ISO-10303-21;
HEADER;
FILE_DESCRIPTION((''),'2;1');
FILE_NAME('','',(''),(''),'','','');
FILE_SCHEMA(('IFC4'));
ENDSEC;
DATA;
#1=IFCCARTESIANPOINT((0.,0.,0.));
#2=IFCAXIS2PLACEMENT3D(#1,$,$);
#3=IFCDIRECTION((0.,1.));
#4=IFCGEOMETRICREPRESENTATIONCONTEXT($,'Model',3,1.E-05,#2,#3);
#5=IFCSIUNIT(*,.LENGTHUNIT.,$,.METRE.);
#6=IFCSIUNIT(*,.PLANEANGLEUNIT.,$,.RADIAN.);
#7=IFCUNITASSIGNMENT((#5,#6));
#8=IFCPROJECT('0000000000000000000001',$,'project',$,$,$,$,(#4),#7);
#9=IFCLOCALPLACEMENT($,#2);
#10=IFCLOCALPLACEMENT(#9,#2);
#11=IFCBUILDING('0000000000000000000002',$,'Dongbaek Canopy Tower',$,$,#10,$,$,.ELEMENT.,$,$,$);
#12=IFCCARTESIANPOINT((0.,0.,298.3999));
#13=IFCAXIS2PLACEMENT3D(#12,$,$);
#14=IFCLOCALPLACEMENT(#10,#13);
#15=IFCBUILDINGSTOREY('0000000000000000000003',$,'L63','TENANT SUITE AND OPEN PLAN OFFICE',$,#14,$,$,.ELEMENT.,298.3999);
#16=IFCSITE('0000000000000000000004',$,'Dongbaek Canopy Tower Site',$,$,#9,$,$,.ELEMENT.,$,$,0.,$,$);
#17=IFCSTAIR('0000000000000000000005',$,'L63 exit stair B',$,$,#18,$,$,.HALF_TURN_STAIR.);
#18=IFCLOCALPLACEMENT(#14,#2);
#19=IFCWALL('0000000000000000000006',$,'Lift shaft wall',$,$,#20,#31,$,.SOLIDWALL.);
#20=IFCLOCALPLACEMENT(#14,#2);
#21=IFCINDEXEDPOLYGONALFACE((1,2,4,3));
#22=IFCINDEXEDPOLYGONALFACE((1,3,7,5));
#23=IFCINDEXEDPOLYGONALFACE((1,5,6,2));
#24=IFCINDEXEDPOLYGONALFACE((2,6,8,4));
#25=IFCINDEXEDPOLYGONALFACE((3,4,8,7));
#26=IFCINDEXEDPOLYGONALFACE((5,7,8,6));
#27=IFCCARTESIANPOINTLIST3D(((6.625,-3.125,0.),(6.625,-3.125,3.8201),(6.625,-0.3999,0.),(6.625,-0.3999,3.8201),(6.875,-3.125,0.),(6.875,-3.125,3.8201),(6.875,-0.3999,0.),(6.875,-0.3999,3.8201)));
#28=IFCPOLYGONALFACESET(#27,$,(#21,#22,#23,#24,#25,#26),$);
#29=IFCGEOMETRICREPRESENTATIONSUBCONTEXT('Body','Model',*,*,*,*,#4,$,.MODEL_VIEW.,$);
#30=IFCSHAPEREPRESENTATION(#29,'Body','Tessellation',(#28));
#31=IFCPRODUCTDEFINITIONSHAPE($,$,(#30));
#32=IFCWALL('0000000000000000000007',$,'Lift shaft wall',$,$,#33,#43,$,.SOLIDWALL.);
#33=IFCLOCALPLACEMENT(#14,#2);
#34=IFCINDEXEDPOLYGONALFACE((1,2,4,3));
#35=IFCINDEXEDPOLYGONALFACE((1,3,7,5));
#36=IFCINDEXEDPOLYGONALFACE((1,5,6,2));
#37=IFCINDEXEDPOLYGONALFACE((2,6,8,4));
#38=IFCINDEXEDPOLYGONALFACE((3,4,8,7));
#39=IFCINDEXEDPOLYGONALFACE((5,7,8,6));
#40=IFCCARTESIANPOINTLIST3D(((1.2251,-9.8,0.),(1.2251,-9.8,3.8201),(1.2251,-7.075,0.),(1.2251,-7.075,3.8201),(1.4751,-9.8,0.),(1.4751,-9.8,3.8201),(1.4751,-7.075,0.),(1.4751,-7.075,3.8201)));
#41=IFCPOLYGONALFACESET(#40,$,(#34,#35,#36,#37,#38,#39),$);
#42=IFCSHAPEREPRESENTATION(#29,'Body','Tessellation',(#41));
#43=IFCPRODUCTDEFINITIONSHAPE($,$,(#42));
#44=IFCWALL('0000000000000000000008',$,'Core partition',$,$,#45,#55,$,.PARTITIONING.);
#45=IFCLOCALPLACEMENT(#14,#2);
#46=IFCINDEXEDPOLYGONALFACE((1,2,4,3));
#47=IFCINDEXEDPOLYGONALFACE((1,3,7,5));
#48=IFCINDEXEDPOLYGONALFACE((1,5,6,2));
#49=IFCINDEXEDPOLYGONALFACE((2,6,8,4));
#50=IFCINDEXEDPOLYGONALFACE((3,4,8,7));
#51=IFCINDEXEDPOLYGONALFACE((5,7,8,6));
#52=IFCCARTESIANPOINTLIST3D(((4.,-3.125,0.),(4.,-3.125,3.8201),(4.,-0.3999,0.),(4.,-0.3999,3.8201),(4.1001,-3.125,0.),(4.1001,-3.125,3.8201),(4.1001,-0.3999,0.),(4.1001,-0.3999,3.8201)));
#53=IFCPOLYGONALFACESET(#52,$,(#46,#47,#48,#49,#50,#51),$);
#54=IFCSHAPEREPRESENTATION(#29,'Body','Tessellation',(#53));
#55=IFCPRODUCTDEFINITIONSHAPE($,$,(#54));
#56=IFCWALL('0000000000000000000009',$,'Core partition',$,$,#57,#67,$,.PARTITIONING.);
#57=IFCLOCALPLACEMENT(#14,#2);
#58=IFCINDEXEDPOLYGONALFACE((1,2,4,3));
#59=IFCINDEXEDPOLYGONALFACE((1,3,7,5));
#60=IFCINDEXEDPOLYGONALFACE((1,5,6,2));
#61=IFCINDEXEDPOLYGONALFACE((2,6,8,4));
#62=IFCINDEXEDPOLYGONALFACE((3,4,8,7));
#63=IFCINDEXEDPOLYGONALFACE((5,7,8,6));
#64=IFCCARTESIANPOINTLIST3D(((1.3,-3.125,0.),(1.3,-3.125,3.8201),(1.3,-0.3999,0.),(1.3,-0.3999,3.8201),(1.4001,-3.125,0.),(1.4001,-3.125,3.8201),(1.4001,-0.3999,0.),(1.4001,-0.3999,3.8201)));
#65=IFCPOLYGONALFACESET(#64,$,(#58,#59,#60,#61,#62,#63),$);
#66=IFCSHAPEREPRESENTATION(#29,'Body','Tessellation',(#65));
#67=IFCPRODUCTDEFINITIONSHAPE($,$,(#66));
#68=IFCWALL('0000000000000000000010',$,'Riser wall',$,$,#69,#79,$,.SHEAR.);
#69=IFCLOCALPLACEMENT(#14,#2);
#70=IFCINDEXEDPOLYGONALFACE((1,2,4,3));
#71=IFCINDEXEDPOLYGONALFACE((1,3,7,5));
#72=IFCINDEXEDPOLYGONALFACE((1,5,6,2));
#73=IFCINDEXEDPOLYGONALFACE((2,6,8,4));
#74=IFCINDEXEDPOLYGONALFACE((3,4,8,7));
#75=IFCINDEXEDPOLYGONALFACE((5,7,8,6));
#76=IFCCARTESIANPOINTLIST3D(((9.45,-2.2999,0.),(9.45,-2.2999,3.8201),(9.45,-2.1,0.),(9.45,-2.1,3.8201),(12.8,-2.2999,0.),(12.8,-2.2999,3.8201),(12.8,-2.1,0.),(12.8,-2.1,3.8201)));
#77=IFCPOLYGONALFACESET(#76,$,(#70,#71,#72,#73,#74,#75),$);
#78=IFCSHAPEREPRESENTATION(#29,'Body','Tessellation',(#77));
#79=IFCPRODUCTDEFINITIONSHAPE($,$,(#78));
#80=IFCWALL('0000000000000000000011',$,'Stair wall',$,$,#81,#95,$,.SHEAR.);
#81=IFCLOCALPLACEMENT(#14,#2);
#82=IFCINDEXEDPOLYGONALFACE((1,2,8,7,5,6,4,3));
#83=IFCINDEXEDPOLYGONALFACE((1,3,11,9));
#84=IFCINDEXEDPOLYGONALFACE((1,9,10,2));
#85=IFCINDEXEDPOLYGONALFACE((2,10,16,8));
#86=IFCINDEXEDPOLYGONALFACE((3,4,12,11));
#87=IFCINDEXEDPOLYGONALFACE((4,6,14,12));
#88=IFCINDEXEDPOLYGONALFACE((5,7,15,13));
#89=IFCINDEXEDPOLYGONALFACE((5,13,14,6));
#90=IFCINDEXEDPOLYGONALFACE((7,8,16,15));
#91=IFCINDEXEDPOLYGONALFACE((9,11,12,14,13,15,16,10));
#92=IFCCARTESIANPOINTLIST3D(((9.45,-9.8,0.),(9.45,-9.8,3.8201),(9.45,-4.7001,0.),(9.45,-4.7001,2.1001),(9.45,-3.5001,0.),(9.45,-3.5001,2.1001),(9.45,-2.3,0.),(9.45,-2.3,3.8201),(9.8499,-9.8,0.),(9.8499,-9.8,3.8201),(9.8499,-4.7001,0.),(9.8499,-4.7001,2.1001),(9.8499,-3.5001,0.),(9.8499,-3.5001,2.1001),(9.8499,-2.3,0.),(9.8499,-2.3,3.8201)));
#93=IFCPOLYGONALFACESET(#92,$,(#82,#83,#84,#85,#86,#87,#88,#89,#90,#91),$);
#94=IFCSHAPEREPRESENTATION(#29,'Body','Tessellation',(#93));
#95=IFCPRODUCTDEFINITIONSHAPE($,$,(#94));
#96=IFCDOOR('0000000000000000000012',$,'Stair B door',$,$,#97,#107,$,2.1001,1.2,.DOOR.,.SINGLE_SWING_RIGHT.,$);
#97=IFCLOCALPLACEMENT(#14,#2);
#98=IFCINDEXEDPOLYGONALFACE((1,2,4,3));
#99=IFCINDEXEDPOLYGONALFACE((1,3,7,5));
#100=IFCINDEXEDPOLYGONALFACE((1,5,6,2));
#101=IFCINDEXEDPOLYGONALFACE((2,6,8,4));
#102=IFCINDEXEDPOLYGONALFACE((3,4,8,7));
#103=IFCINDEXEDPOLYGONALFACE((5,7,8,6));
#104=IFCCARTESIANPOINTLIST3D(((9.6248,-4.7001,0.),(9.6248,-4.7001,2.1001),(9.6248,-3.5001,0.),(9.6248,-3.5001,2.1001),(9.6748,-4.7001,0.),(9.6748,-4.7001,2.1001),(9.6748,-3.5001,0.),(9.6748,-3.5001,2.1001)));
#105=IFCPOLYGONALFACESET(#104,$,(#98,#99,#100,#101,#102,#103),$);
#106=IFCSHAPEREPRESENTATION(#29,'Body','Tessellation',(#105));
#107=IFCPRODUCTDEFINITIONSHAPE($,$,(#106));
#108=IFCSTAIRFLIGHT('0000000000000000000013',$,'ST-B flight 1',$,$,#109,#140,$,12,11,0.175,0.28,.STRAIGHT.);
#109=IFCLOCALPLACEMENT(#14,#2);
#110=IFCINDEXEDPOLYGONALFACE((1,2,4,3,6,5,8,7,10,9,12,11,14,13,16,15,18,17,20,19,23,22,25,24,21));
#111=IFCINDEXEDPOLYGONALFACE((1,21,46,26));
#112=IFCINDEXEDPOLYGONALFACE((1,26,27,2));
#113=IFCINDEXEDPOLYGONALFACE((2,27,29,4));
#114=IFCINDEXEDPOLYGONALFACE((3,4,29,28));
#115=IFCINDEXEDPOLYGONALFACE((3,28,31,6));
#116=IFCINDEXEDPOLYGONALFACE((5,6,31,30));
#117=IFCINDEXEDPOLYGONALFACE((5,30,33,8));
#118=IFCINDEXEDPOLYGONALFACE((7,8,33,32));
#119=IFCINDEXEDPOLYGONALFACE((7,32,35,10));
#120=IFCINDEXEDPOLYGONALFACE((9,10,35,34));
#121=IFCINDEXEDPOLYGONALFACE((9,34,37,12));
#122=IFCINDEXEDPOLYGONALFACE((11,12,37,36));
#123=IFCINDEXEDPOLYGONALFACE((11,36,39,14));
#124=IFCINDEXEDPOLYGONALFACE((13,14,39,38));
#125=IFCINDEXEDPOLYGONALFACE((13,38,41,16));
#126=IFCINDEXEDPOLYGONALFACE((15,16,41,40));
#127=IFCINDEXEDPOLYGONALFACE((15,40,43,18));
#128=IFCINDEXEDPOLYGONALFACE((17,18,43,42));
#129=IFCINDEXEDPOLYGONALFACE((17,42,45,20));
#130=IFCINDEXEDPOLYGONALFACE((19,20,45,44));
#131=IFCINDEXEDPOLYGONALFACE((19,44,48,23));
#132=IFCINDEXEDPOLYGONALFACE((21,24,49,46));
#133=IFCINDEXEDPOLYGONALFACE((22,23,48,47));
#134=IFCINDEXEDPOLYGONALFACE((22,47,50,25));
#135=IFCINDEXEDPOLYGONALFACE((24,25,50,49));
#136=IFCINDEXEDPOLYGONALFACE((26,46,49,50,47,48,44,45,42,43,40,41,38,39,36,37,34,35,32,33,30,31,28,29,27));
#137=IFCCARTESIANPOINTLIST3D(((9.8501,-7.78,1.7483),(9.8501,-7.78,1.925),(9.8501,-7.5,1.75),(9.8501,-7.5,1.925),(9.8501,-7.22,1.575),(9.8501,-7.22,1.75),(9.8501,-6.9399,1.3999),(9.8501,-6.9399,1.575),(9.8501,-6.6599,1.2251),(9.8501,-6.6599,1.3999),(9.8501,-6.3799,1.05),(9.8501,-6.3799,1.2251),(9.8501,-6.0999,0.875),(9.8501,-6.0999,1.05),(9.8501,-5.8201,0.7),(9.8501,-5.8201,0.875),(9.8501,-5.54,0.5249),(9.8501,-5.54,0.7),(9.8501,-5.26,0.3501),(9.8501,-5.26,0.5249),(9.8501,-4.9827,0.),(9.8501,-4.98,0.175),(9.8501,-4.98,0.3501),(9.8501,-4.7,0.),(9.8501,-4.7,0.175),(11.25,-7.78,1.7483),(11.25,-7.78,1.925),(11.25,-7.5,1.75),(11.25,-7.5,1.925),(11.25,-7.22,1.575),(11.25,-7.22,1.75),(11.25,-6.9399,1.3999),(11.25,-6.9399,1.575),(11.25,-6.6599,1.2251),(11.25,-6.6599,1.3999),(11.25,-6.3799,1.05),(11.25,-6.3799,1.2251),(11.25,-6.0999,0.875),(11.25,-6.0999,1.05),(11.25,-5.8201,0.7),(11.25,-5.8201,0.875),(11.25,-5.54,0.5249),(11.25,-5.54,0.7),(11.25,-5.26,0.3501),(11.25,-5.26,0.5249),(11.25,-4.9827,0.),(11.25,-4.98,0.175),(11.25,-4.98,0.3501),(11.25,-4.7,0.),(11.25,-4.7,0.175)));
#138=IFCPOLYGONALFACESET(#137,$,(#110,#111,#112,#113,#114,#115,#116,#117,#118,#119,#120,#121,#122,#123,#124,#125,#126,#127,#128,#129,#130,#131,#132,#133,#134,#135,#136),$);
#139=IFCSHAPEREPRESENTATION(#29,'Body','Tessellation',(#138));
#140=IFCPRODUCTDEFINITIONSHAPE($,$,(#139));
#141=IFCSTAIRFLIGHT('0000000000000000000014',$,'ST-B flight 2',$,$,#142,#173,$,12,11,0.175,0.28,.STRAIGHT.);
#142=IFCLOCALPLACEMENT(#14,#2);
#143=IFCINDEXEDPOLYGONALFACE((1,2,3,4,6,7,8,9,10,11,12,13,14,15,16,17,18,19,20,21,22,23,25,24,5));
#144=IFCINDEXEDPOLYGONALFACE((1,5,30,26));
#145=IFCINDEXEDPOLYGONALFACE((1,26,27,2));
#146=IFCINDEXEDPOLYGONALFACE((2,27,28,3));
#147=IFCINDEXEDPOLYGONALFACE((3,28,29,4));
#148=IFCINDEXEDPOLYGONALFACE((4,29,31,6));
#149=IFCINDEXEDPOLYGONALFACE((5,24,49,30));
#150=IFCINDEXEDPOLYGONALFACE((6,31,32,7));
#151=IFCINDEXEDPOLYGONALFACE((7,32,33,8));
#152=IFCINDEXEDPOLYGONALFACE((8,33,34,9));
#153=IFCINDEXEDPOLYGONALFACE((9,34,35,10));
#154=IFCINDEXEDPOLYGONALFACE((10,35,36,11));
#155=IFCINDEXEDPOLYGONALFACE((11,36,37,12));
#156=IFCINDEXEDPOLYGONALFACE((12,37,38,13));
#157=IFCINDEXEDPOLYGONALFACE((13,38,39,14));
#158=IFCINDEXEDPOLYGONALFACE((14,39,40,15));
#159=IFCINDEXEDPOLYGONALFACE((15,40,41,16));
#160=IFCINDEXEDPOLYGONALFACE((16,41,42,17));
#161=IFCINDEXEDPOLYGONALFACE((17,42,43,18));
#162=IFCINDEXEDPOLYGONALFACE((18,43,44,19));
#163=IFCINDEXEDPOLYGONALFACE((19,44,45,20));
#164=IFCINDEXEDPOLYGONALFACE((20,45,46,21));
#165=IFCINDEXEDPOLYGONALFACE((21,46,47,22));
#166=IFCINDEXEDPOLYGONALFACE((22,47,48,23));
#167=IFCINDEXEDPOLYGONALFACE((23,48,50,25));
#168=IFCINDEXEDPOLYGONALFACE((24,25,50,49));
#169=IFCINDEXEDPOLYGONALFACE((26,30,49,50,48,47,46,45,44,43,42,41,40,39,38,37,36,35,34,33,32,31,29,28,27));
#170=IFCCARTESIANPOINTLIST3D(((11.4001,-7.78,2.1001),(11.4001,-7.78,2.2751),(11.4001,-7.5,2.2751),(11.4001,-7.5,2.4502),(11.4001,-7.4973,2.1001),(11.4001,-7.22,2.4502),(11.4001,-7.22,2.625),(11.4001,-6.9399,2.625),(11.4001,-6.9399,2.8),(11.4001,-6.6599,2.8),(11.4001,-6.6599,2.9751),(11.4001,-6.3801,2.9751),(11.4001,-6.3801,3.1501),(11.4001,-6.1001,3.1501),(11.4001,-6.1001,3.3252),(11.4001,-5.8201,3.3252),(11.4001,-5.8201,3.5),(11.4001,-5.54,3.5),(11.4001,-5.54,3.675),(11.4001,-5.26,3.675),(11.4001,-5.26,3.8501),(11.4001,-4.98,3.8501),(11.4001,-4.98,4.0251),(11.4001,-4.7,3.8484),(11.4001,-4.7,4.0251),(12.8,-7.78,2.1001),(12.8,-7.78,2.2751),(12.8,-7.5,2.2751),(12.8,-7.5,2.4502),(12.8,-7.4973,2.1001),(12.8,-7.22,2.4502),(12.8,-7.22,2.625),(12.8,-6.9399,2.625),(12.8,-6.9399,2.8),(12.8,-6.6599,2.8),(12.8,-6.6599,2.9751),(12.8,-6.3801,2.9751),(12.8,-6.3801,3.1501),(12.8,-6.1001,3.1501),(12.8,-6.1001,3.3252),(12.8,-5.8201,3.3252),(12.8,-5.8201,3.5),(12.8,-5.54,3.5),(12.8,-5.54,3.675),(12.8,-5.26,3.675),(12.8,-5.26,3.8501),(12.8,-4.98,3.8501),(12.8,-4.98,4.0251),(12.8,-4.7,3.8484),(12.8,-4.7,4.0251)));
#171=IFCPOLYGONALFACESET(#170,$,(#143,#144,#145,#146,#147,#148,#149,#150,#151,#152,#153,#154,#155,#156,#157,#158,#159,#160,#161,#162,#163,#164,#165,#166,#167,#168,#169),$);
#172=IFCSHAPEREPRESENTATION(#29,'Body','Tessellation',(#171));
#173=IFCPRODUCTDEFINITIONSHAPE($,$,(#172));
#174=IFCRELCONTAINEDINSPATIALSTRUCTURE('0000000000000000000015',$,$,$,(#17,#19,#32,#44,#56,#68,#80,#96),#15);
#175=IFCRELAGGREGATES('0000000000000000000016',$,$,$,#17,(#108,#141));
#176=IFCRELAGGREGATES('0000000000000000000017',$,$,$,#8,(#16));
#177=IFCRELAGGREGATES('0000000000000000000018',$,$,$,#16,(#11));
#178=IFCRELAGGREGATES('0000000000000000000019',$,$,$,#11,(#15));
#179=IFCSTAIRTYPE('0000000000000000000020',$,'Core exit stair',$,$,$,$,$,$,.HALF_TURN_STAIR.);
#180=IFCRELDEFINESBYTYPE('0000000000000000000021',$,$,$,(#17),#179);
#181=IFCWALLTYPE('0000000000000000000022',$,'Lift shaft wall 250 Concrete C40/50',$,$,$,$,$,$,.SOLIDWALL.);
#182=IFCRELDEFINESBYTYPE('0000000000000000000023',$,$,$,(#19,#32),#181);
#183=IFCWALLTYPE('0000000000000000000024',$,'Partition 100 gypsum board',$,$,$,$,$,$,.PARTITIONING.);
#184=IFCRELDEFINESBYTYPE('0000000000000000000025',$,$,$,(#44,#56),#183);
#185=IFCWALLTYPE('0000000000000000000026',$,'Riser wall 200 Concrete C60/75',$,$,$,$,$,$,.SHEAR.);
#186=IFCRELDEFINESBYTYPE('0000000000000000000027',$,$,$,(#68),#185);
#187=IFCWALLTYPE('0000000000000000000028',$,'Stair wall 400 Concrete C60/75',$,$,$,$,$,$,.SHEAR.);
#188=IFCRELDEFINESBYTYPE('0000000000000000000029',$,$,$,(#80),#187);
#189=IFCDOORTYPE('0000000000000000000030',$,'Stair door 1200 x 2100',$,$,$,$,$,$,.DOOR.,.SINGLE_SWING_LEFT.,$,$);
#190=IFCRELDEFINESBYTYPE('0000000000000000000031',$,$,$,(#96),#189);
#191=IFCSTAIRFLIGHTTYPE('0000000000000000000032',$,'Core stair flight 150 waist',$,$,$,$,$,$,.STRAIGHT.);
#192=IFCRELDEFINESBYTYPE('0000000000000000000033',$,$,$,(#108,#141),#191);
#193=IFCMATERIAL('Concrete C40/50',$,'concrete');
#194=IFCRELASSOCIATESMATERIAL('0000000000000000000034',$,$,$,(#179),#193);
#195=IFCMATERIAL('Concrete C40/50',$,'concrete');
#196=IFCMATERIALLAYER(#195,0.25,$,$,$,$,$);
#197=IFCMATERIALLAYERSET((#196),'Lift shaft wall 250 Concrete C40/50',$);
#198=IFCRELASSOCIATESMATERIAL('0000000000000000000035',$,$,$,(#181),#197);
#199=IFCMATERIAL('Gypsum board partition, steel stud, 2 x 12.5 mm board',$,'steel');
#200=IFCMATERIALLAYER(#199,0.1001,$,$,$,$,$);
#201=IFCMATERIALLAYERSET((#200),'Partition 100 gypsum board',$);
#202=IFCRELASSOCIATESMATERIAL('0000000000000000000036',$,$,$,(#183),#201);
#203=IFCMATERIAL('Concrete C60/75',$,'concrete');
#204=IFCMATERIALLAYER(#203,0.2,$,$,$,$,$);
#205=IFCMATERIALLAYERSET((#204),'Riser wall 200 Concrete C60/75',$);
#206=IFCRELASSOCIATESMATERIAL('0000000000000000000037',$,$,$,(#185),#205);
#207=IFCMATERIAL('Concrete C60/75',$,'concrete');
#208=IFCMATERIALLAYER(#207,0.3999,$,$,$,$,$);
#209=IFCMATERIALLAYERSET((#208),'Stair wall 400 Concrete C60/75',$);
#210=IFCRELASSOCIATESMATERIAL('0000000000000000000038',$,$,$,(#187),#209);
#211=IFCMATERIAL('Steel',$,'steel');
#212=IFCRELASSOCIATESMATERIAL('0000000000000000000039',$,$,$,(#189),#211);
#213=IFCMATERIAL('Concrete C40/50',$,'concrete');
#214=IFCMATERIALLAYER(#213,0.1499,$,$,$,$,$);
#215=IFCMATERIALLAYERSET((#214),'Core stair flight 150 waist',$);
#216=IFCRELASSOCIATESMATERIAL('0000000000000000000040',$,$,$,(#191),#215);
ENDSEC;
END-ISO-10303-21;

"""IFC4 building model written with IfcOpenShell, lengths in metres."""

from ifc_helpers import new_model, si_unit, direction, frame, frame_2d, origin, place, context, subcontext, project, spatial, polyline, rectangle, outline, extrude, material, layer, layer_set, type_object, element, fill, aggregate, save


model = new_model("IFC4")

# Units and contexts
model_context = context("Model", 3, precision=1e-05, world=origin(), true_north=direction((0.0, 1.0)))
body_context = subcontext(model_context, "Body", "Model", "MODEL_VIEW")
ifc_project = project(units=[si_unit("LENGTHUNIT", "METRE"), si_unit("PLANEANGLEUNIT", "RADIAN")], contexts=[model_context])

# Site, building, storey
site_placement = place(None, origin())
site = spatial("IfcSite", under=ifc_project, at=site_placement, Name="Dongbaek Canopy Tower Site", CompositionType="ELEMENT", RefElevation=0.0)
building_placement = place(site_placement, origin())
building = spatial("IfcBuilding", under=site, at=building_placement, Name="Dongbaek Canopy Tower", CompositionType="ELEMENT")
storey_placement = place(building_placement, frame((0.0, 0.0, 298.3999)))
storey = spatial("IfcBuildingStorey", under=building, at=storey_placement, Name="L63", Description="TENANT SUITE AND OPEN PLAN OFFICE", CompositionType="ELEMENT", Elevation=298.3999)

# Stair
ifc_material_1 = material(Name="Concrete C40/50", Category="concrete")
stair_type = type_object("IfcStairType", Name="Core exit stair", PredefinedType="HALF_TURN_STAIR", material=ifc_material_1)
stair_1_placement = place(storey_placement, origin())
stair_1 = element("IfcStair", 1, at=stair_1_placement, inside=storey, type_object=stair_type, Name="L63 exit stair B", PredefinedType="HALF_TURN_STAIR")

# Walls
ifc_material_2 = material(Name="Concrete C40/50", Category="concrete")
ifc_layer_1 = layer(ifc_material_2, 0.25)
ifc_layer_set_1 = layer_set([ifc_layer_1], Name="Lift shaft wall 250 Concrete C40/50")
wall_type_1 = type_object("IfcWallType", Name="Lift shaft wall 250 Concrete C40/50", PredefinedType="SOLIDWALL", material=ifc_layer_set_1)
for number, where, z_axis, x_axis, name in (
    (2, (6.75, -3.125, 0.0), (0.0, 0.0, 1.0), (0.0, 1.0, 0.0), "Lift shaft wall"),
    (3, (1.3501, -9.8, 0.0), (0.0, 0.0, 1.0), (0.0, 1.0, 0.0), "Lift shaft wall"),
):
    element("IfcWall", number, at=place(storey_placement, frame(where, z_axis=z_axis, x_axis=x_axis)), inside=storey, type_object=wall_type_1, Name=name, PredefinedType="SOLIDWALL", context=body_context, shape_type="SweptSolid", body=[
        extrude(rectangle(XDim=2.7251, YDim=0.25, at=frame_2d((1.3625, 0.0))), origin(), (0.0, 0.0, 1.0), 3.8201),
    ])
ifc_material_3 = material(Name="Gypsum board partition, steel stud, 2 x 12.5 mm board", Category="steel")
ifc_layer_2 = layer(ifc_material_3, 0.1001)
ifc_layer_set_2 = layer_set([ifc_layer_2], Name="Partition 100 gypsum board")
wall_type_2 = type_object("IfcWallType", Name="Partition 100 gypsum board", PredefinedType="PARTITIONING", material=ifc_layer_set_2)
for number, where, z_axis, x_axis, name in (
    (4, (4.05, -3.125, 0.0), (0.0, 0.0, 1.0), (0.0, 1.0, 0.0), "Core partition"),
    (5, (1.3501, -3.125, 0.0), (0.0, 0.0, 1.0), (0.0, 1.0, 0.0), "Core partition"),
):
    element("IfcWall", number, at=place(storey_placement, frame(where, z_axis=z_axis, x_axis=x_axis)), inside=storey, type_object=wall_type_2, Name=name, PredefinedType="PARTITIONING", context=body_context, shape_type="SweptSolid", body=[
        extrude(rectangle(XDim=2.7251, YDim=0.1001, at=frame_2d((1.3625, 0.0))), origin(), (0.0, 0.0, 1.0), 3.8201),
    ])
ifc_material_4 = material(Name="Concrete C60/75", Category="concrete")
ifc_layer_3 = layer(ifc_material_4, 0.2)
ifc_layer_set_3 = layer_set([ifc_layer_3], Name="Riser wall 200 Concrete C60/75")
wall_type_3 = type_object("IfcWallType", Name="Riser wall 200 Concrete C60/75", PredefinedType="SHEAR", material=ifc_layer_set_3)
wall_1_placement = place(storey_placement, frame((9.45, -2.2, 0.0), z_axis=(0.0, 0.0, 1.0), x_axis=(1.0, 0.0, 0.0)))
element("IfcWall", 6, at=wall_1_placement, inside=storey, type_object=wall_type_3, Name="Riser wall", PredefinedType="SHEAR", context=body_context, shape_type="SweptSolid", body=[
    extrude(rectangle(XDim=3.3501, YDim=0.2, at=frame_2d((1.675, 0.0))), origin(), (0.0, 0.0, 1.0), 3.8201),
])

# Wall, opening, door
ifc_material_5 = material(Name="Concrete C60/75", Category="concrete")
ifc_layer_4 = layer(ifc_material_5, 0.3999)
ifc_layer_set_4 = layer_set([ifc_layer_4], Name="Stair wall 400 Concrete C60/75")
wall_type_4 = type_object("IfcWallType", Name="Stair wall 400 Concrete C60/75", PredefinedType="SHEAR", material=ifc_layer_set_4)
wall_2_placement = place(storey_placement, frame((9.6499, -2.3, 0.0), z_axis=(0.0, 0.0, 1.0), x_axis=(0.0, -1.0, 0.0)))
wall_2 = element("IfcWall", 7, at=wall_2_placement, inside=storey, type_object=wall_type_4, Name="Stair wall", PredefinedType="SHEAR", context=body_context, shape_type="SweptSolid", body=[
    extrude(rectangle(XDim=7.5, YDim=0.3999, at=frame_2d((3.75, 0.0))), origin(), (0.0, 0.0, 1.0), 3.8201),
])
opening_1_placement = place(wall_2_placement, frame((1.2, 0.0, 0.0)))
opening_1 = element("IfcOpeningElement", 8, at=opening_1_placement, cuts=wall_2, PredefinedType="OPENING", context=body_context, shape_type="SweptSolid", body=[
    extrude(rectangle(XDim=1.2, YDim=2.1001, at=frame_2d((0.6001, 1.05))), frame((0.0, 0.21, 0.0), z_axis=(0.0, -1.0, 0.0), x_axis=(1.0, 0.0, 0.0)), (0.0, 0.0, 1.0), 0.4199),
])
ifc_material_6 = material(Name="Steel", Category="steel")
door_type_1 = type_object("IfcDoorType", Name="Stair door 1200 x 2100", OperationType="SINGLE_SWING_LEFT", PredefinedType="DOOR", material=ifc_material_6)
door_1_placement = place(opening_1_placement, origin())
door_1 = element("IfcDoor", 9, at=door_1_placement, inside=storey, type_object=door_type_1, Name="Stair B door", OperationType="SINGLE_SWING_RIGHT", OverallHeight=2.1001, OverallWidth=1.2, PredefinedType="DOOR", context=body_context, shape_type="SweptSolid", body=[
    extrude(rectangle(XDim=1.2, YDim=2.1001, at=frame_2d((0.6001, 1.05))), frame((0.0, 0.0249, 0.0), z_axis=(0.0, -1.0, 0.0), x_axis=(1.0, 0.0, 0.0)), (0.0, 0.0, 1.0), 0.05),
])
fill(opening_1, door_1)

# Stair flights
ifc_material_7 = material(Name="Concrete C40/50", Category="concrete")
ifc_layer_5 = layer(ifc_material_7, 0.1499)
ifc_layer_set_5 = layer_set([ifc_layer_5], Name="Core stair flight 150 waist")
stair_flight_type = type_object("IfcStairFlightType", Name="Core stair flight 150 waist", PredefinedType="STRAIGHT", material=ifc_layer_set_5)
stair_flight_1_placement = place(storey_placement, frame((10.55, -4.7, 0.0), z_axis=(0.0, 0.0, 1.0), x_axis=(0.0, -1.0, 0.0)))
stair_flight_1 = element("IfcStairFlight", 10, at=stair_flight_1_placement, type_object=stair_flight_type, Name="ST-B flight 1", NumberOfRisers=12, NumberOfTreads=11, PredefinedType="STRAIGHT", RiserHeight=0.175, TreadLength=0.28, context=body_context, shape_type="SweptSolid", body=[
    extrude(outline(polyline([(0.0, 0.0), (0.0, 0.175), (0.28, 0.175), (0.28, 0.3501), (0.5601, 0.3501), (0.5601, 0.5249), (0.8401, 0.5249), (0.8401, 0.7), (1.1201, 0.7), (1.1201, 0.875), (1.3999, 0.875), (1.3999, 1.05), (1.6799, 1.05), (1.6799, 1.2251), (1.96, 1.2251), (1.96, 1.3999), (2.24, 1.3999), (2.24, 1.575), (2.52, 1.575), (2.52, 1.75), (2.8, 1.75), (2.8, 1.925), (3.0801, 1.925), (3.0801, 2.1001), (3.0801, 1.7483), (0.2827, 0.0), (0.0, 0.0)])), frame((0.0, 0.7, 0.0), z_axis=(0.0, -1.0, 0.0), x_axis=(1.0, 0.0, 0.0)), (0.0, 0.0, 1.0), 1.3999),
])
stair_flight_2_placement = place(storey_placement, frame((12.1001, -7.78, 2.1001), z_axis=(0.0, 0.0, 1.0), x_axis=(0.0, 1.0, 0.0)))
stair_flight_2 = element("IfcStairFlight", 11, at=stair_flight_2_placement, type_object=stair_flight_type, Name="ST-B flight 2", NumberOfRisers=12, NumberOfTreads=11, PredefinedType="STRAIGHT", RiserHeight=0.175, TreadLength=0.28, context=body_context, shape_type="SweptSolid", body=[
    extrude(outline(polyline([(0.0, 0.0), (0.0, 0.175), (0.28, 0.175), (0.28, 0.3501), (0.5601, 0.3501), (0.5601, 0.5249), (0.8401, 0.5249), (0.8401, 0.7), (1.1201, 0.7), (1.1201, 0.875), (1.3999, 0.875), (1.3999, 1.05), (1.6799, 1.05), (1.6799, 1.2251), (1.96, 1.2251), (1.96, 1.3999), (2.24, 1.3999), (2.24, 1.575), (2.52, 1.575), (2.52, 1.75), (2.8, 1.75), (2.8, 1.925), (3.0801, 1.925), (3.0801, 2.1001), (3.0801, 1.7483), (0.2827, 0.0), (0.0, 0.0)])), frame((0.0, 0.7, 0.0), z_axis=(0.0, -1.0, 0.0), x_axis=(1.0, 0.0, 0.0)), (0.0, 0.0, 1.0), 1.3999),
])
aggregate(stair_1, [stair_flight_1, stair_flight_2])

save(model, "model.ifc")
